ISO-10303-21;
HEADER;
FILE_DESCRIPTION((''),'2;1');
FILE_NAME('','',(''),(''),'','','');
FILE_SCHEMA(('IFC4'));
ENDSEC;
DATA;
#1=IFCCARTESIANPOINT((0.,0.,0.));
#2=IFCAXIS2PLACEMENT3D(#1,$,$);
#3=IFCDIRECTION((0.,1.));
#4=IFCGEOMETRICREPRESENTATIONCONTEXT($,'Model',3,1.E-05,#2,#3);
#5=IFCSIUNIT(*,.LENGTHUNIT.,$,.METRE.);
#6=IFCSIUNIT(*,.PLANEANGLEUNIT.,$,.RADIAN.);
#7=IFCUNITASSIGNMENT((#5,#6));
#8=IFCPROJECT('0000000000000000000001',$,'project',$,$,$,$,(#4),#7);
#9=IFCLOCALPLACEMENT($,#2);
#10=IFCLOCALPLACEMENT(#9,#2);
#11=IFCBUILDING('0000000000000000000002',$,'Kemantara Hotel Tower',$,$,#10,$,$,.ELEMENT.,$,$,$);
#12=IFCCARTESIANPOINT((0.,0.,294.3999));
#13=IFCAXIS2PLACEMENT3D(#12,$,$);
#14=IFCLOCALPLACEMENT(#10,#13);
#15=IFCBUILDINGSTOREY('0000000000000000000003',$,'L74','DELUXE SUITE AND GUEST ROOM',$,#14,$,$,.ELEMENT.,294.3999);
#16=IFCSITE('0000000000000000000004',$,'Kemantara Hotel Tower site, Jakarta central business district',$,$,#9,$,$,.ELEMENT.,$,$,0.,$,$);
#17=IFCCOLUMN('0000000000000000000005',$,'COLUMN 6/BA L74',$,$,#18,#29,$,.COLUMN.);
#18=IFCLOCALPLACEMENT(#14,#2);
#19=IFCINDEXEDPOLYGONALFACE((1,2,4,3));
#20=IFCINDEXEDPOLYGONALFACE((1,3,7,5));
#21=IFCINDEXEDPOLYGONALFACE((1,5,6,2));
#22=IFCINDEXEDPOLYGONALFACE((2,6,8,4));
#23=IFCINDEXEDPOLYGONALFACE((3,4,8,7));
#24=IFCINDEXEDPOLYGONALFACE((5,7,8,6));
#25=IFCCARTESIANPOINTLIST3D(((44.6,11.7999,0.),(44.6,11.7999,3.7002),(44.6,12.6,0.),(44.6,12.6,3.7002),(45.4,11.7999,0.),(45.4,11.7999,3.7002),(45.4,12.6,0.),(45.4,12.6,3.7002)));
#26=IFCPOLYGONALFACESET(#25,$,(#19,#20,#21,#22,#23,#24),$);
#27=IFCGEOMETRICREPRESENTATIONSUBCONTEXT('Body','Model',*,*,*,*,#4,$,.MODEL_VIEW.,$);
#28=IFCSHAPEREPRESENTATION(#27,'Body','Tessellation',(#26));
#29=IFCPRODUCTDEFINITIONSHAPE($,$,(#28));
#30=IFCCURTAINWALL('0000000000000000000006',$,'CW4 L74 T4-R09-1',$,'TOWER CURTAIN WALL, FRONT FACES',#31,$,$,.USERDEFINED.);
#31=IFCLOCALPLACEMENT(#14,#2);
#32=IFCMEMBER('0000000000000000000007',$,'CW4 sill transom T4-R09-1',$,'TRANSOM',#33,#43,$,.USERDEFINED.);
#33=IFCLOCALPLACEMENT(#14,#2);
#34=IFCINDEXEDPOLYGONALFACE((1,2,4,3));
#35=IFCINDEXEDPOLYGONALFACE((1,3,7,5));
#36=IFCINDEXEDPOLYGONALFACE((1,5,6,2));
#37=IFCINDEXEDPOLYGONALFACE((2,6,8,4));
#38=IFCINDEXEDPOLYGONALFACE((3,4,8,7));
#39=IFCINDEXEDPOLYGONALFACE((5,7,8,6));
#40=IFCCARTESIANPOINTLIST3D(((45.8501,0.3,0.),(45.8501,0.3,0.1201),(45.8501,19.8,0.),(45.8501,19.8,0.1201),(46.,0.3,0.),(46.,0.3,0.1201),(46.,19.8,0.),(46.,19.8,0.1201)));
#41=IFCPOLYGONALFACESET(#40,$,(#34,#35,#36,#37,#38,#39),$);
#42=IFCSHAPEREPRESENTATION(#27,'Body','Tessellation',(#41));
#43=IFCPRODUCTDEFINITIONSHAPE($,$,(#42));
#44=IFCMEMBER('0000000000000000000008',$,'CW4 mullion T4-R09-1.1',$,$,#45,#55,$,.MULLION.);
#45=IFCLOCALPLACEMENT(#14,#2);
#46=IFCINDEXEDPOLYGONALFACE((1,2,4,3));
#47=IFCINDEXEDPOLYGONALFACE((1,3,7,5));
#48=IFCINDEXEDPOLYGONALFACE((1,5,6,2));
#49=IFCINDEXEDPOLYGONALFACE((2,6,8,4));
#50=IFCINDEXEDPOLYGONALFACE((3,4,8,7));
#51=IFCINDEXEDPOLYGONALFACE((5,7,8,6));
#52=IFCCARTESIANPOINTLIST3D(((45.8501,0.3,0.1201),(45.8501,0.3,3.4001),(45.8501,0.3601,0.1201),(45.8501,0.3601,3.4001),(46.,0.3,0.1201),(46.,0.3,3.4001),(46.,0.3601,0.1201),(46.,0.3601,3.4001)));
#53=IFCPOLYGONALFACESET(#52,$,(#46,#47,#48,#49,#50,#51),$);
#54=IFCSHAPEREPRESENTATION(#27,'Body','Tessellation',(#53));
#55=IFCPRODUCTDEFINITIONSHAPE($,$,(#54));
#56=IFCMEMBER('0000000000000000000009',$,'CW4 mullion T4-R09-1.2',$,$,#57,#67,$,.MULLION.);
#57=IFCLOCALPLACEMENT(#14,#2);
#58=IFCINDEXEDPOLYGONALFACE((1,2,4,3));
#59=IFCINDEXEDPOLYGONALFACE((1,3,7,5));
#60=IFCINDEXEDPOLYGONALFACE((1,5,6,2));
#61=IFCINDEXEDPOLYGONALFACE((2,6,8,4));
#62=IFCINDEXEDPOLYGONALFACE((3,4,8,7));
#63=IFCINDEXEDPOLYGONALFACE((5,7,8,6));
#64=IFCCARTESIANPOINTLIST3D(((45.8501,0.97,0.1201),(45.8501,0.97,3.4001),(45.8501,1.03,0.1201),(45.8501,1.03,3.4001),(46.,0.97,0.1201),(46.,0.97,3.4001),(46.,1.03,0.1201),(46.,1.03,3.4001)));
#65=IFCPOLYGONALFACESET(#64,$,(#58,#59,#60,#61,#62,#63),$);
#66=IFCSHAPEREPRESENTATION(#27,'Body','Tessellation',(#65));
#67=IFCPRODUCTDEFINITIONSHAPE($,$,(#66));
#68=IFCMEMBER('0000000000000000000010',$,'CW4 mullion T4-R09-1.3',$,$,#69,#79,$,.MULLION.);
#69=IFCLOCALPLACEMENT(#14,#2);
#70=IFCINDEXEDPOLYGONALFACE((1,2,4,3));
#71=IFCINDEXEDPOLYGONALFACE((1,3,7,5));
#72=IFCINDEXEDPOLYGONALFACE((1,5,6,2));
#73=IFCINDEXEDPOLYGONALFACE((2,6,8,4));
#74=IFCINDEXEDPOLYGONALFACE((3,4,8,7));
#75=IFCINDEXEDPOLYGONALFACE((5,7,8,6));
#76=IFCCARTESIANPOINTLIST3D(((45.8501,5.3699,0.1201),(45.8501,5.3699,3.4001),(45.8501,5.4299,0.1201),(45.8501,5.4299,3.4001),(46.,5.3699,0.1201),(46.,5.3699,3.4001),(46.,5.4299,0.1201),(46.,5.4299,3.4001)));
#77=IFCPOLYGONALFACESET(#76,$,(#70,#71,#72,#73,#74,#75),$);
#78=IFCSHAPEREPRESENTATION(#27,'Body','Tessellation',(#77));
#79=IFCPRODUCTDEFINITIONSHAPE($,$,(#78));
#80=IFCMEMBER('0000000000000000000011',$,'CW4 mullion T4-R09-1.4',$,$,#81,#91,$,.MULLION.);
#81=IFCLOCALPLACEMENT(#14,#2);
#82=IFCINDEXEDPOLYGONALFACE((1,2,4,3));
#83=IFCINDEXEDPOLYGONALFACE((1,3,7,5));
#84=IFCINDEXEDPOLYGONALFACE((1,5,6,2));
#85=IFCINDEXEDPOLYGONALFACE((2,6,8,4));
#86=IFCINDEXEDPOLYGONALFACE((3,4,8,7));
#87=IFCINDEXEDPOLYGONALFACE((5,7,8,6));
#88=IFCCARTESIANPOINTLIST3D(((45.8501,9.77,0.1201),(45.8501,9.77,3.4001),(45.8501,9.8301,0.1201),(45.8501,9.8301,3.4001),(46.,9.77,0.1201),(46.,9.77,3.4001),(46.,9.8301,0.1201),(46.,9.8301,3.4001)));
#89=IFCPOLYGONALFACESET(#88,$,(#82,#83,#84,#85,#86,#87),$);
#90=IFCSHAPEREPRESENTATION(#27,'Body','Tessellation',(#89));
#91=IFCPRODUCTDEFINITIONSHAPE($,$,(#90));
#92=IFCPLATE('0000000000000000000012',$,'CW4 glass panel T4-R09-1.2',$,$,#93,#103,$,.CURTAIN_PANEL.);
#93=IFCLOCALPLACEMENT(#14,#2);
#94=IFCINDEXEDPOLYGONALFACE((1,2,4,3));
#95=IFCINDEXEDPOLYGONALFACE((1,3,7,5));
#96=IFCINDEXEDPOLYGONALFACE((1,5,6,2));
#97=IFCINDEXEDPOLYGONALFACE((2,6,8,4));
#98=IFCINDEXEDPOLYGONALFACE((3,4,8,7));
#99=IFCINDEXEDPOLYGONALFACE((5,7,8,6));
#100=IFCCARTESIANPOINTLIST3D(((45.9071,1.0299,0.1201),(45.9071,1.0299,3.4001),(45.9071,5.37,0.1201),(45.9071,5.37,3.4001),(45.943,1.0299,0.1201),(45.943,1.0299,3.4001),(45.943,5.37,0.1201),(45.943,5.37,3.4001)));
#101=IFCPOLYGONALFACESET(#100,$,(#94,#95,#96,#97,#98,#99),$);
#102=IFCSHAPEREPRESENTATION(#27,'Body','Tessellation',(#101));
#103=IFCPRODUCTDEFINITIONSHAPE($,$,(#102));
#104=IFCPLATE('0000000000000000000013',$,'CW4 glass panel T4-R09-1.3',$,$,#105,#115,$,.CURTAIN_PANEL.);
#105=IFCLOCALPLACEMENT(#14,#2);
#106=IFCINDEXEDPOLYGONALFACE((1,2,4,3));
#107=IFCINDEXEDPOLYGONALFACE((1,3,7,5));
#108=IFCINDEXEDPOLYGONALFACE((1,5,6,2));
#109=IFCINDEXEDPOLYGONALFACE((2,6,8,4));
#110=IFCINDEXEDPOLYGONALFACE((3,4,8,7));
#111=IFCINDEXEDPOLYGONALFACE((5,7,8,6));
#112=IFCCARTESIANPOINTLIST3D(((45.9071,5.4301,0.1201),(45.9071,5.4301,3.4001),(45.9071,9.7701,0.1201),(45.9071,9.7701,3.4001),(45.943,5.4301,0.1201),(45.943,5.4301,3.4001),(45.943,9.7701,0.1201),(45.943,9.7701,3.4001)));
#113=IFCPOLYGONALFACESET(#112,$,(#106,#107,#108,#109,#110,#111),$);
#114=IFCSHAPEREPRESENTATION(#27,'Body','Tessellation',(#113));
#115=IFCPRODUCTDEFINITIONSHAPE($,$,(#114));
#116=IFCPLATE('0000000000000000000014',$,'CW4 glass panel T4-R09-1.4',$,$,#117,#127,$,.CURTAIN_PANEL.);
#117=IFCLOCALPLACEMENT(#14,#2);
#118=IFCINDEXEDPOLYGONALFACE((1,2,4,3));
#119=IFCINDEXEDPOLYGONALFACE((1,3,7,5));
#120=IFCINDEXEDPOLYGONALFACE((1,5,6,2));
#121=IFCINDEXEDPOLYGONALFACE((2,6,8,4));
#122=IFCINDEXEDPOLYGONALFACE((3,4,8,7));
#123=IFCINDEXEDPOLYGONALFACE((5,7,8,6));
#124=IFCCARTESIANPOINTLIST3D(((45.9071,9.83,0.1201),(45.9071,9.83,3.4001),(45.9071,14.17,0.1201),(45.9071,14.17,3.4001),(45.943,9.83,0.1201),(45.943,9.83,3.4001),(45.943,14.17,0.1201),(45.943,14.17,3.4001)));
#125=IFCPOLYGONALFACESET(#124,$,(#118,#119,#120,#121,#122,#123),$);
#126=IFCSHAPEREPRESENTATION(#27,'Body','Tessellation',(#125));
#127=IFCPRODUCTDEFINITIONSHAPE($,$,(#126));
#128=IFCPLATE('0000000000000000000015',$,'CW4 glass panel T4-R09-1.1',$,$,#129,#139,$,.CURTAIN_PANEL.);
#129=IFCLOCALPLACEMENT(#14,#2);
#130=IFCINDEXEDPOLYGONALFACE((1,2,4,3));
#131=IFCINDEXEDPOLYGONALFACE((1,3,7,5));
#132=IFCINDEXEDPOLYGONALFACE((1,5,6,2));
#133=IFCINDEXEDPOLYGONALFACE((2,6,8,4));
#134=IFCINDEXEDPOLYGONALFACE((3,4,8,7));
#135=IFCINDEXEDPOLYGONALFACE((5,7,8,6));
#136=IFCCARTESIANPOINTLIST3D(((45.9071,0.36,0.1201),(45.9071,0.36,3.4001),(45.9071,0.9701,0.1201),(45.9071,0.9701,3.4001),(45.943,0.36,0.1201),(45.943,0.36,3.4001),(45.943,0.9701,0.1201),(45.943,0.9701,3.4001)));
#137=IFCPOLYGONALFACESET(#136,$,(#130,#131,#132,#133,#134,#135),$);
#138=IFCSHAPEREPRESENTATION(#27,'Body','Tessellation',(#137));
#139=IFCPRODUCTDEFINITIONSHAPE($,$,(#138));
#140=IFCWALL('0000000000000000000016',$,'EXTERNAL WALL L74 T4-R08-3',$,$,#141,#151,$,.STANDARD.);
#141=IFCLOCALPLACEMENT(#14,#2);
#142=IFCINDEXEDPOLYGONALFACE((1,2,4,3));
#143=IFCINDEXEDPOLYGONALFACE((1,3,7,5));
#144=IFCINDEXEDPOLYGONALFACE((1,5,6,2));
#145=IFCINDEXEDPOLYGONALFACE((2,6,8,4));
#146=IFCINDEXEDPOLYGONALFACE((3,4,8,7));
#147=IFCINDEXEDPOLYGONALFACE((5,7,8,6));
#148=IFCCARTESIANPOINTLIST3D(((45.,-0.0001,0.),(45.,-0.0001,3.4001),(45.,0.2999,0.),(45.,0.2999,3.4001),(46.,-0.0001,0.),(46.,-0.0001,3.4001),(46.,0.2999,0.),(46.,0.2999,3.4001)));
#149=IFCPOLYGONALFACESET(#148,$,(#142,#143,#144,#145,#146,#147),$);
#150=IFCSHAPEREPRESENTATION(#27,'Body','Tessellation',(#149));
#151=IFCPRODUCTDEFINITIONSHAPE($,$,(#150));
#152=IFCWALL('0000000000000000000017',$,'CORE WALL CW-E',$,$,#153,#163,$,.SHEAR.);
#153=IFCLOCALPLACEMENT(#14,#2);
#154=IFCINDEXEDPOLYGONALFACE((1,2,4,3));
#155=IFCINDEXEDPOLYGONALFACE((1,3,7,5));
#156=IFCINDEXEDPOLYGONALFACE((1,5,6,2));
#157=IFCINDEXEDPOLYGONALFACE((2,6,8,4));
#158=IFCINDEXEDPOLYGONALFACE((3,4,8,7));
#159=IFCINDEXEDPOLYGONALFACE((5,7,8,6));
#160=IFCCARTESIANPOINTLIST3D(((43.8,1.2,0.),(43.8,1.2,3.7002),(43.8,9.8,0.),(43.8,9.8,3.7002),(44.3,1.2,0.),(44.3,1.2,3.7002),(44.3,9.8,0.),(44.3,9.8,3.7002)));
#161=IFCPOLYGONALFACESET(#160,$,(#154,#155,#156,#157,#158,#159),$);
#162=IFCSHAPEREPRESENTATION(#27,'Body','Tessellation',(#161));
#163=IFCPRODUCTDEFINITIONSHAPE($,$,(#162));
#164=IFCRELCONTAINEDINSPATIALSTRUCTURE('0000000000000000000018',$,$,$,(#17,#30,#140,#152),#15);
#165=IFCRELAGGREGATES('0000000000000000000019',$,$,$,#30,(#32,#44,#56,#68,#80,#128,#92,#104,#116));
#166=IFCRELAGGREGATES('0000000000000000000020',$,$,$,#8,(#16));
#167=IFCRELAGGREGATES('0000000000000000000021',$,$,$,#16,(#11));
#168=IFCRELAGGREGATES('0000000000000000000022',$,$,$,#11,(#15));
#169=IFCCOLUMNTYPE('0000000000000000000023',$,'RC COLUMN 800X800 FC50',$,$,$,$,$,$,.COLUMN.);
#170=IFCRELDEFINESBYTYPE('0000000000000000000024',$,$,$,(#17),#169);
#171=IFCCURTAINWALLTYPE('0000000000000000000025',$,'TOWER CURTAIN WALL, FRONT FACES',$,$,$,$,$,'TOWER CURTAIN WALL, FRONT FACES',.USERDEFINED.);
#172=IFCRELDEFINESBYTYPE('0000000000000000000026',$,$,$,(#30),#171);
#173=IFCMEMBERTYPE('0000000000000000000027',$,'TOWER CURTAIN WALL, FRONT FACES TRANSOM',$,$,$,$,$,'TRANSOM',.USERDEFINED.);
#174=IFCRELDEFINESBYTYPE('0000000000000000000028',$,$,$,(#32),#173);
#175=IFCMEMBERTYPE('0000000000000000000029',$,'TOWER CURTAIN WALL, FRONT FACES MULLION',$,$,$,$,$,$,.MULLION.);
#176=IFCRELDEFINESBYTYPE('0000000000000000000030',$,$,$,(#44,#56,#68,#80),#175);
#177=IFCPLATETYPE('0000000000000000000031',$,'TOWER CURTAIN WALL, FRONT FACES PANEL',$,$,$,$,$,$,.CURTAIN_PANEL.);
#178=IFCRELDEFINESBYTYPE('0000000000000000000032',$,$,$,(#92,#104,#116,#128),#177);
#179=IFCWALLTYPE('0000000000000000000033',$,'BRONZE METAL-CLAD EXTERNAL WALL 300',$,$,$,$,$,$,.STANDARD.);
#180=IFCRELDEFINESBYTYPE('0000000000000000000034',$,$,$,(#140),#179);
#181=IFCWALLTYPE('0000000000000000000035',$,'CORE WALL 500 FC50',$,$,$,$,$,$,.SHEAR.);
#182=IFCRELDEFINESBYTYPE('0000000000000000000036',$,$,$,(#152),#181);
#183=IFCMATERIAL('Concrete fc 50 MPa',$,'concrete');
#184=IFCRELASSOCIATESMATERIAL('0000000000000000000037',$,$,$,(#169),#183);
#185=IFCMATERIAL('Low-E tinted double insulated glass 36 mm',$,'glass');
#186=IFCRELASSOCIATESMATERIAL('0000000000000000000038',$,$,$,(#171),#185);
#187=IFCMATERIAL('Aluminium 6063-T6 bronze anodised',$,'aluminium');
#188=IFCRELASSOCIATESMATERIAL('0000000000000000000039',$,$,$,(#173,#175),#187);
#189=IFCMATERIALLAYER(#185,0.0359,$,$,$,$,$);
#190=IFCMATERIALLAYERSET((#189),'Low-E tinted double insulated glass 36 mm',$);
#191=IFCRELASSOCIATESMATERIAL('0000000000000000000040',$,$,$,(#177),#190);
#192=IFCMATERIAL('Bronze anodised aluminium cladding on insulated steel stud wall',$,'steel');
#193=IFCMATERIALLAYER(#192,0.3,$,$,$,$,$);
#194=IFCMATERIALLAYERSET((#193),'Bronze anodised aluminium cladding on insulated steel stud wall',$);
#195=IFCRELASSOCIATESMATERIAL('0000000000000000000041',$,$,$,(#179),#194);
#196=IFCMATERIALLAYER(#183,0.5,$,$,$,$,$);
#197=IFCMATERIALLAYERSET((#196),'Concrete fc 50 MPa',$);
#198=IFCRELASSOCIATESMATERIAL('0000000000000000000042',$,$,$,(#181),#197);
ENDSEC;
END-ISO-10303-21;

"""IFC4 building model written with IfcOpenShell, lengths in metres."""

from ifc_helpers import new_model, si_unit, direction, frame, frame_2d, origin, origin_2d, place, context, subcontext, project, spatial, rectangle, extrude, source, transform, mapped, material, layer, layer_set, material_profile, profile_set, type_object, element, aggregate, save


model = new_model("IFC4")

# Units and contexts
model_context = context("Model", 3, precision=1e-05, world=origin(), true_north=direction((0.0, 1.0)))
body_context = subcontext(model_context, "Body", "Model", "MODEL_VIEW")
ifc_project = project(units=[si_unit("LENGTHUNIT", "METRE"), si_unit("PLANEANGLEUNIT", "RADIAN")], contexts=[model_context])

# Site, building, storey
site_placement = place(None, origin())
site = spatial("IfcSite", under=ifc_project, at=site_placement, Name="Kemantara Hotel Tower site, Jakarta central business district", CompositionType="ELEMENT", RefElevation=0.0)
building_placement = place(site_placement, origin())
building = spatial("IfcBuilding", under=site, at=building_placement, Name="Kemantara Hotel Tower", CompositionType="ELEMENT")
storey_placement = place(building_placement, frame((0.0, 0.0, 294.3999)))
storey = spatial("IfcBuildingStorey", under=building, at=storey_placement, Name="L74", Description="DELUXE SUITE AND GUEST ROOM", CompositionType="ELEMENT", Elevation=294.3999)

# Column
ifc_material_1 = material(Name="Concrete fc 50 MPa", Category="concrete")
ifc_material_profile_1 = material_profile(ifc_material_1, rectangle(XDim=0.8, YDim=0.8, at=origin_2d()), Name="RC 800X800")
ifc_profile_set_1 = profile_set([ifc_material_profile_1], Name="Concrete fc 50 MPa")
column_type = type_object("IfcColumnType", Name="RC COLUMN 800X800 FC50", PredefinedType="COLUMN", material=ifc_profile_set_1)
column_placement = place(storey_placement, frame((45.0, 12.2, 0.0), z_axis=(0.0, 0.0, 1.0), x_axis=(1.0, 0.0, 0.0)))
element("IfcColumn", 1, at=column_placement, inside=storey, type_object=column_type, Name="COLUMN 6/BA L74", PredefinedType="COLUMN", context=body_context, shape_type="SweptSolid", body=[
    extrude(rectangle(XDim=0.8, YDim=0.8, at=origin_2d()), origin(), (0.0, 0.0, 1.0), 3.7002),
])

# Curtain wall, members, plates
ifc_material_2 = material(Name="Low-E tinted double insulated glass 36 mm", Category="glass")
curtain_wall_type = type_object("IfcCurtainWallType", Name="TOWER CURTAIN WALL, FRONT FACES", ElementType="TOWER CURTAIN WALL, FRONT FACES", PredefinedType="USERDEFINED", material=ifc_material_2)
curtain_wall_placement = place(storey_placement, origin())
curtain_wall = element("IfcCurtainWall", 2, at=curtain_wall_placement, inside=storey, type_object=curtain_wall_type, Name="CW4 L74 T4-R09-1", ObjectType="TOWER CURTAIN WALL, FRONT FACES", PredefinedType="USERDEFINED")
ifc_material_3 = material(Name="Aluminium 6063-T6 bronze anodised", Category="aluminium")
ifc_material_profile_2 = material_profile(ifc_material_3, rectangle(XDim=0.1499, YDim=0.1201, at=origin_2d()), Name="TOWER CURTAIN WALL, FRONT FACES TRANSOM")
ifc_profile_set_2 = profile_set([ifc_material_profile_2], Name="Aluminium 6063-T6 bronze anodised")
member_type_1 = type_object("IfcMemberType", Name="TOWER CURTAIN WALL, FRONT FACES TRANSOM", ElementType="TRANSOM", PredefinedType="USERDEFINED", material=ifc_profile_set_2)
member_1_placement = place(storey_placement, frame((45.925, 0.3, 0.0601), z_axis=(0.0, 1.0, 0.0), x_axis=(-1.0, 0.0, 0.0)))
member_1 = element("IfcMember", 3, at=member_1_placement, type_object=member_type_1, Name="CW4 sill transom T4-R09-1", ObjectType="TRANSOM", PredefinedType="USERDEFINED", context=body_context, shape_type="SweptSolid", body=[
    extrude(rectangle(XDim=0.1499, YDim=0.1201, at=origin_2d()), origin(), (0.0, 0.0, 1.0), 19.5),
])
ifc_material_profile_3 = material_profile(ifc_material_3, rectangle(XDim=0.1499, YDim=0.0601, at=origin_2d()), Name="TOWER CURTAIN WALL, FRONT FACES MULLION")
ifc_profile_set_3 = profile_set([ifc_material_profile_3], Name="Aluminium 6063-T6 bronze anodised")
member_type_2 = type_object("IfcMemberType", Name="TOWER CURTAIN WALL, FRONT FACES MULLION", PredefinedType="MULLION", material=ifc_profile_set_3)
shared_shape_1 = source(origin(), body_context, "Body", "SweptSolid", [
    extrude(rectangle(XDim=0.1499, YDim=0.0601, at=origin_2d()), origin(), (0.0, 0.0, 1.0), 3.28),
])
member_2_placement = place(storey_placement, frame((45.925, 0.3301, 0.1201), z_axis=(0.0, 0.0, 1.0), x_axis=(-1.0, 0.0, 0.0)))
member_2 = element("IfcMember", 4, at=member_2_placement, type_object=member_type_2, Name="CW4 mullion T4-R09-1.1", PredefinedType="MULLION", context=body_context, shape_type="MappedRepresentation", body=[
    mapped(shared_shape_1, transform((0.0, 0.0, 0.0))),
])
member_3_placement = place(storey_placement, frame((45.925, 1.0, 0.1201), z_axis=(0.0, 0.0, 1.0), x_axis=(-1.0, 0.0, 0.0)))
member_3 = element("IfcMember", 5, at=member_3_placement, type_object=member_type_2, Name="CW4 mullion T4-R09-1.2", PredefinedType="MULLION", context=body_context, shape_type="MappedRepresentation", body=[
    mapped(shared_shape_1, transform((0.0, 0.0, 0.0))),
])
member_4_placement = place(storey_placement, frame((45.925, 5.3999, 0.1201), z_axis=(0.0, 0.0, 1.0), x_axis=(-1.0, 0.0, 0.0)))
member_4 = element("IfcMember", 6, at=member_4_placement, type_object=member_type_2, Name="CW4 mullion T4-R09-1.3", PredefinedType="MULLION", context=body_context, shape_type="MappedRepresentation", body=[
    mapped(shared_shape_1, transform((0.0, 0.0, 0.0))),
])
member_5_placement = place(storey_placement, frame((45.925, 9.8, 0.1201), z_axis=(0.0, 0.0, 1.0), x_axis=(-1.0, 0.0, 0.0)))
member_5 = element("IfcMember", 7, at=member_5_placement, type_object=member_type_2, Name="CW4 mullion T4-R09-1.4", PredefinedType="MULLION", context=body_context, shape_type="MappedRepresentation", body=[
    mapped(shared_shape_1, transform((0.0, 0.0, 0.0))),
])
ifc_layer_1 = layer(ifc_material_2, 0.0359)
ifc_layer_set_1 = layer_set([ifc_layer_1], Name="Low-E tinted double insulated glass 36 mm")
plate_type = type_object("IfcPlateType", Name="TOWER CURTAIN WALL, FRONT FACES PANEL", PredefinedType="CURTAIN_PANEL", material=ifc_layer_set_1)
shared_shape_2 = source(origin(), body_context, "Body", "SweptSolid", [
    extrude(rectangle(XDim=4.3401, YDim=0.0359, at=origin_2d()), origin(), (0.0, 0.0, 1.0), 3.28),
])
plate_1_placement = place(storey_placement, frame((45.925, 3.2, 0.1201), z_axis=(0.0, 0.0, 1.0), x_axis=(0.0, 1.0, 0.0)))
plate_1 = element("IfcPlate", 8, at=plate_1_placement, type_object=plate_type, Name="CW4 glass panel T4-R09-1.2", PredefinedType="CURTAIN_PANEL", context=body_context, shape_type="MappedRepresentation", body=[
    mapped(shared_shape_2, transform((0.0, 0.0, 0.0))),
])
plate_2_placement = place(storey_placement, frame((45.925, 7.6001, 0.1201), z_axis=(0.0, 0.0, 1.0), x_axis=(0.0, 1.0, 0.0)))
plate_2 = element("IfcPlate", 9, at=plate_2_placement, type_object=plate_type, Name="CW4 glass panel T4-R09-1.3", PredefinedType="CURTAIN_PANEL", context=body_context, shape_type="MappedRepresentation", body=[
    mapped(shared_shape_2, transform((0.0, 0.0, 0.0))),
])
plate_3_placement = place(storey_placement, frame((45.925, 12.0, 0.1201), z_axis=(0.0, 0.0, 1.0), x_axis=(0.0, 1.0, 0.0)))
plate_3 = element("IfcPlate", 10, at=plate_3_placement, type_object=plate_type, Name="CW4 glass panel T4-R09-1.4", PredefinedType="CURTAIN_PANEL", context=body_context, shape_type="MappedRepresentation", body=[
    mapped(shared_shape_2, transform((0.0, 0.0, 0.0))),
])
shared_shape_3 = source(origin(), body_context, "Body", "SweptSolid", [
    extrude(rectangle(XDim=0.6101, YDim=0.0359, at=origin_2d()), origin(), (0.0, 0.0, 1.0), 3.28),
])
plate_4_placement = place(storey_placement, frame((45.925, 0.665, 0.1201), z_axis=(0.0, 0.0, 1.0), x_axis=(0.0, 1.0, 0.0)))
plate_4 = element("IfcPlate", 11, at=plate_4_placement, type_object=plate_type, Name="CW4 glass panel T4-R09-1.1", PredefinedType="CURTAIN_PANEL", context=body_context, shape_type="MappedRepresentation", body=[
    mapped(shared_shape_3, transform((0.0, 0.0, 0.0))),
])
aggregate(curtain_wall, [member_1, member_2, member_3, member_4, member_5, plate_4, plate_1, plate_2, plate_3])

# Walls
ifc_material_4 = material(Name="Bronze anodised aluminium cladding on insulated steel stud wall", Category="steel")
ifc_layer_2 = layer(ifc_material_4, 0.3)
ifc_layer_set_2 = layer_set([ifc_layer_2], Name="Bronze anodised aluminium cladding on insulated steel stud wall")
wall_type_1 = type_object("IfcWallType", Name="BRONZE METAL-CLAD EXTERNAL WALL 300", PredefinedType="STANDARD", material=ifc_layer_set_2)
wall_1_placement = place(storey_placement, frame((45.0, 0.1499, 0.0), z_axis=(0.0, 0.0, 1.0), x_axis=(1.0, 0.0, 0.0)))
element("IfcWall", 12, at=wall_1_placement, inside=storey, type_object=wall_type_1, Name="EXTERNAL WALL L74 T4-R08-3", PredefinedType="STANDARD", context=body_context, shape_type="SweptSolid", body=[
    extrude(rectangle(XDim=1.0, YDim=0.3, at=frame_2d((0.5, 0.0))), origin(), (0.0, 0.0, 1.0), 3.4001),
])
ifc_layer_3 = layer(ifc_material_1, 0.5)
ifc_layer_set_3 = layer_set([ifc_layer_3], Name="Concrete fc 50 MPa")
wall_type_2 = type_object("IfcWallType", Name="CORE WALL 500 FC50", PredefinedType="SHEAR", material=ifc_layer_set_3)
wall_2_placement = place(storey_placement, frame((44.05, 1.2, 0.0), z_axis=(0.0, 0.0, 1.0), x_axis=(0.0, 1.0, 0.0)))
element("IfcWall", 13, at=wall_2_placement, inside=storey, type_object=wall_type_2, Name="CORE WALL CW-E", PredefinedType="SHEAR", context=body_context, shape_type="SweptSolid", body=[
    extrude(rectangle(XDim=8.6001, YDim=0.5, at=frame_2d((4.3, 0.0))), origin(), (0.0, 0.0, 1.0), 3.7002),
])

save(model, "model.ifc")
